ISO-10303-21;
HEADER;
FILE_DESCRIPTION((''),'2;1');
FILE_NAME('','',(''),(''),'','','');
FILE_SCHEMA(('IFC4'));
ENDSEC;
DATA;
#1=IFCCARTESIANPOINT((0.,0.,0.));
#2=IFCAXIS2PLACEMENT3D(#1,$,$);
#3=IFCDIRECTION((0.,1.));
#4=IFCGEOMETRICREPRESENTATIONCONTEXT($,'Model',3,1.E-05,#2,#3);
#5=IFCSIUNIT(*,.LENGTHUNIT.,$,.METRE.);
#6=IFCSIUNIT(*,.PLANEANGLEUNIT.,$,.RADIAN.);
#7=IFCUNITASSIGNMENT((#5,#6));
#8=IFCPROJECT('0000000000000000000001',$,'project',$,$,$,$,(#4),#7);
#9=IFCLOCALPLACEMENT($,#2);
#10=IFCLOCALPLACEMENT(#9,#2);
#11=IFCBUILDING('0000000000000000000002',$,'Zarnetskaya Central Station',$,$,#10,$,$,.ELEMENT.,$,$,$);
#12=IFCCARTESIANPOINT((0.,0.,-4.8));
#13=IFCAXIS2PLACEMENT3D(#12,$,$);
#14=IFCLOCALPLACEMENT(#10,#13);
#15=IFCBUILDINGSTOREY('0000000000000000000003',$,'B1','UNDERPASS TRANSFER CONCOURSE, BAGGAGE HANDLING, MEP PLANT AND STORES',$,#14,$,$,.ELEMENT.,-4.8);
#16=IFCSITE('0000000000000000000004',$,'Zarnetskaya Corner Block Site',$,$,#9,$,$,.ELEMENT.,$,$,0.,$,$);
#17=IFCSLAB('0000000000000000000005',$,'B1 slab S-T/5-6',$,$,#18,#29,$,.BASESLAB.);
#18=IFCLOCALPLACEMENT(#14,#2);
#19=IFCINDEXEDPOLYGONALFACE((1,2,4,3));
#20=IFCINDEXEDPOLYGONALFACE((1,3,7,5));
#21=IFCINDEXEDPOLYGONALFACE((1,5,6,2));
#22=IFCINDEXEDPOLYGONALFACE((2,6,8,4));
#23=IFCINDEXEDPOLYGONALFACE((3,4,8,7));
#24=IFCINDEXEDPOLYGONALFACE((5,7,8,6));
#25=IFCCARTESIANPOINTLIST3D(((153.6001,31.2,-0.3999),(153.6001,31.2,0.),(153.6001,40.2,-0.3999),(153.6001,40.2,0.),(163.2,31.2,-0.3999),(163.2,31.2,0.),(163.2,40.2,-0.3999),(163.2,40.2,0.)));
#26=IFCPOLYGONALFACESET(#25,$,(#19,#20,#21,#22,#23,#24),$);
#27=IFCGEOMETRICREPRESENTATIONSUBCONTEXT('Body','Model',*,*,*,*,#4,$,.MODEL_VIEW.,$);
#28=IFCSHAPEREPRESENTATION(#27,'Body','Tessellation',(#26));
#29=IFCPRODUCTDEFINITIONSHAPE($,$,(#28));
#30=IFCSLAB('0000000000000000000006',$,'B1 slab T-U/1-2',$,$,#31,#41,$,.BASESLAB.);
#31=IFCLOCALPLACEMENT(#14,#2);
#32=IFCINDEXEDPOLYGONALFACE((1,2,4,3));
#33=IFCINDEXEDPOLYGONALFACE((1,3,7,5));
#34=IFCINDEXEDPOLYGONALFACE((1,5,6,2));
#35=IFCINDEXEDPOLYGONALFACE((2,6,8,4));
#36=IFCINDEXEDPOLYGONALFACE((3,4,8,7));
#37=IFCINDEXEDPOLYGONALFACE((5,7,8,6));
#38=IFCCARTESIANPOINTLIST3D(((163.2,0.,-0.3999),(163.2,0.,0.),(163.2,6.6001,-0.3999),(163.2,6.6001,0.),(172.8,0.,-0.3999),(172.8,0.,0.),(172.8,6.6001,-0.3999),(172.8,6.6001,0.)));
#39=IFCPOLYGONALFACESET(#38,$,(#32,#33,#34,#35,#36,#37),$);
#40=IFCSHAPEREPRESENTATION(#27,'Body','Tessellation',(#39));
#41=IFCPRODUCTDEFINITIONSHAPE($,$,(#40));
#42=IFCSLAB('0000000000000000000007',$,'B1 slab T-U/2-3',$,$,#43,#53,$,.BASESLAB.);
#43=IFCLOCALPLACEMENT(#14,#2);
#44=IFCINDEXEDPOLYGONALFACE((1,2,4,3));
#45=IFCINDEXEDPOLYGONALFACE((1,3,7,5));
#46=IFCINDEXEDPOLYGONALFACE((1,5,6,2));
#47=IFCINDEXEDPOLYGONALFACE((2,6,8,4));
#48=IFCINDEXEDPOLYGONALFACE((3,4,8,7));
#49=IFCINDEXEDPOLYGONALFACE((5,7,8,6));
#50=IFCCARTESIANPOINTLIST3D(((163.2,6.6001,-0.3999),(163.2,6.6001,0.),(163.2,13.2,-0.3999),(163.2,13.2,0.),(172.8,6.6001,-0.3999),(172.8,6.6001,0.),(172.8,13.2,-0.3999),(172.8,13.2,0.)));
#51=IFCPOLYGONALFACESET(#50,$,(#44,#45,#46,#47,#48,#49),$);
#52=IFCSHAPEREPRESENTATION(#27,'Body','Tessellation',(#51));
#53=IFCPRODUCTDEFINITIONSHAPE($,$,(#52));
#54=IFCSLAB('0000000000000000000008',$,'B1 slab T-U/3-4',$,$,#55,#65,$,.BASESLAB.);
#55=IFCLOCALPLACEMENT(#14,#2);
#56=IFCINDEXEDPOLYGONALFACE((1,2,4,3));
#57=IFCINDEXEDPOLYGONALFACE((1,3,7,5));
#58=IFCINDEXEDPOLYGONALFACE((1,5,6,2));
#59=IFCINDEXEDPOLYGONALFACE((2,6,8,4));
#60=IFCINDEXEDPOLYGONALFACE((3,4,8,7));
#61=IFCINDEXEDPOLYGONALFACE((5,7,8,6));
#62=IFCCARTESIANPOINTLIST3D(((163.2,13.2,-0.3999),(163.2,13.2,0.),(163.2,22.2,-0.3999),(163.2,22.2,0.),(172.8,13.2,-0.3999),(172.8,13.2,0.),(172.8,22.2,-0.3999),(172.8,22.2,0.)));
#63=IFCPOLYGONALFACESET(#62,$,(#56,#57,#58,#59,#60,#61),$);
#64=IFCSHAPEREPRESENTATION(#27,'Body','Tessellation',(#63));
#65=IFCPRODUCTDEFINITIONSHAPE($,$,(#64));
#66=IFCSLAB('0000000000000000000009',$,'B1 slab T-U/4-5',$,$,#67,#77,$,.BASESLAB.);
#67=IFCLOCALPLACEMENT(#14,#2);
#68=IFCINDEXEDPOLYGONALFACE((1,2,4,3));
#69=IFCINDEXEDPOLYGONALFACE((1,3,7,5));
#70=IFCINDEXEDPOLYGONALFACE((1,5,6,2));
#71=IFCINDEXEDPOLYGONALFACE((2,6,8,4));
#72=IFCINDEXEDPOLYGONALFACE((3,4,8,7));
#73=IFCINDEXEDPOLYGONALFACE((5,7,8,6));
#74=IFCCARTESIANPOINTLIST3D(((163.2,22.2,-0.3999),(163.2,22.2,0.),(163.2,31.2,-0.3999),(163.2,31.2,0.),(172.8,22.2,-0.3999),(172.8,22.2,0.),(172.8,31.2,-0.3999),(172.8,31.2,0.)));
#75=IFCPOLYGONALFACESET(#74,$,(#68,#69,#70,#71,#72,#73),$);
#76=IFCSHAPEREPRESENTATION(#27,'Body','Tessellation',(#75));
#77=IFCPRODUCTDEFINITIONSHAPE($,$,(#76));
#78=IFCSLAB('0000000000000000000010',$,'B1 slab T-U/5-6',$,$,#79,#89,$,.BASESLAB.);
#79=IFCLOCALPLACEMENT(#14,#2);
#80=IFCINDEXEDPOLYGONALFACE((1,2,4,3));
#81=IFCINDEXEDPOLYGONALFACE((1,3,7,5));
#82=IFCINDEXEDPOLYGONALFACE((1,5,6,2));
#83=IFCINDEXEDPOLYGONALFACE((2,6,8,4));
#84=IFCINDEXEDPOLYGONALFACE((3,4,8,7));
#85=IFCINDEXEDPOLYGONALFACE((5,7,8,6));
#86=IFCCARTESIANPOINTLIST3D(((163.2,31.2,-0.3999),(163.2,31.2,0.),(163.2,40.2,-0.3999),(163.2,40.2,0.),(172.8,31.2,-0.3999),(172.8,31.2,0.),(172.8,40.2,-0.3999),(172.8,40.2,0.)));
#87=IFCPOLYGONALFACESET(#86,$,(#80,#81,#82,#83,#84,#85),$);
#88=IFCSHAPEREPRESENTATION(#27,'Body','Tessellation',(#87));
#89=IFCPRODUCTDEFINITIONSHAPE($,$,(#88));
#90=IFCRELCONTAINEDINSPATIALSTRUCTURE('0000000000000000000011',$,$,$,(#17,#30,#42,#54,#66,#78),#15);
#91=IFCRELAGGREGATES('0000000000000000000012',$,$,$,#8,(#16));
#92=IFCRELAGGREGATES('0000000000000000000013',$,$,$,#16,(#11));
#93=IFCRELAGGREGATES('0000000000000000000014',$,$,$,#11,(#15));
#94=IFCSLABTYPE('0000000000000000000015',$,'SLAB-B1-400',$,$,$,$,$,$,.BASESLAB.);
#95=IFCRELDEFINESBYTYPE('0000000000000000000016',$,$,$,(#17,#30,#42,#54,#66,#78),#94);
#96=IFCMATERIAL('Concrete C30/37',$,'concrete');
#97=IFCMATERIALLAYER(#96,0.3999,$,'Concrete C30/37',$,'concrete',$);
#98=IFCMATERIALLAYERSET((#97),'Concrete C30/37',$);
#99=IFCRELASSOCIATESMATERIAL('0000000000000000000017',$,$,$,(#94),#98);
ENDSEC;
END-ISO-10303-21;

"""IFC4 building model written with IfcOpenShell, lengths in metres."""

from ifc_helpers import new_model, si_unit, direction, frame, origin, place, context, subcontext, project, spatial, polyline, outline, extrude, material, layer, layer_set, type_object, element, save


model = new_model("IFC4")

# Units and contexts
model_context = context("Model", 3, precision=1e-05, world=origin(), true_north=direction((0.0, 1.0)))
body_context = subcontext(model_context, "Body", "Model", "MODEL_VIEW")
ifc_project = project(units=[si_unit("LENGTHUNIT", "METRE"), si_unit("PLANEANGLEUNIT", "RADIAN")], contexts=[model_context])

# Site, building, storey
site_placement = place(None, origin())
site = spatial("IfcSite", under=ifc_project, at=site_placement, Name="Zarnetskaya Corner Block Site", CompositionType="ELEMENT", RefElevation=0.0)
building_placement = place(site_placement, origin())
building = spatial("IfcBuilding", under=site, at=building_placement, Name="Zarnetskaya Central Station", CompositionType="ELEMENT")
storey_placement = place(building_placement, frame((0.0, 0.0, -4.8)))
storey = spatial("IfcBuildingStorey", under=building, at=storey_placement, Name="B1", Description="UNDERPASS TRANSFER CONCOURSE, BAGGAGE HANDLING, MEP PLANT AND STORES", CompositionType="ELEMENT", Elevation=-4.8)

# Slabs
ifc_material = material(Name="Concrete C30/37", Category="concrete")
ifc_layer = layer(ifc_material, 0.3999, Name="Concrete C30/37", Category="concrete")
ifc_layer_set = layer_set([ifc_layer], Name="Concrete C30/37")
slab_type = type_object("IfcSlabType", Name="SLAB-B1-400", PredefinedType="BASESLAB", material=ifc_layer_set)
slab_1_placement = place(storey_placement, frame((0.0, 0.0, -0.3999)))
element("IfcSlab", 1, at=slab_1_placement, inside=storey, type_object=slab_type, Name="B1 slab S-T/5-6", PredefinedType="BASESLAB", context=body_context, shape_type="SweptSolid", body=[
    extrude(outline(polyline([(153.6001, 31.2), (163.2, 31.2), (163.2, 40.2), (153.6001, 40.2), (153.6001, 31.2)])), origin(), (0.0, 0.0, 1.0), 0.3999),
])
slab_2_placement = place(storey_placement, frame((0.0, 0.0, -0.3999)))
element("IfcSlab", 2, at=slab_2_placement, inside=storey, type_object=slab_type, Name="B1 slab T-U/1-2", PredefinedType="BASESLAB", context=body_context, shape_type="SweptSolid", body=[
    extrude(outline(polyline([(163.2, 0.0), (172.8, 0.0), (172.8, 6.6001), (163.2, 6.6001), (163.2, 0.0)])), origin(), (0.0, 0.0, 1.0), 0.3999),
])
slab_3_placement = place(storey_placement, frame((0.0, 0.0, -0.3999)))
element("IfcSlab", 3, at=slab_3_placement, inside=storey, type_object=slab_type, Name="B1 slab T-U/2-3", PredefinedType="BASESLAB", context=body_context, shape_type="SweptSolid", body=[
    extrude(outline(polyline([(163.2, 6.6001), (172.8, 6.6001), (172.8, 13.2), (163.2, 13.2), (163.2, 6.6001)])), origin(), (0.0, 0.0, 1.0), 0.3999),
])
slab_4_placement = place(storey_placement, frame((0.0, 0.0, -0.3999)))
element("IfcSlab", 4, at=slab_4_placement, inside=storey, type_object=slab_type, Name="B1 slab T-U/3-4", PredefinedType="BASESLAB", context=body_context, shape_type="SweptSolid", body=[
    extrude(outline(polyline([(163.2, 13.2), (172.8, 13.2), (172.8, 22.2), (163.2, 22.2), (163.2, 13.2)])), origin(), (0.0, 0.0, 1.0), 0.3999),
])
slab_5_placement = place(storey_placement, frame((0.0, 0.0, -0.3999)))
element("IfcSlab", 5, at=slab_5_placement, inside=storey, type_object=slab_type, Name="B1 slab T-U/4-5", PredefinedType="BASESLAB", context=body_context, shape_type="SweptSolid", body=[
    extrude(outline(polyline([(163.2, 22.2), (172.8, 22.2), (172.8, 31.2), (163.2, 31.2), (163.2, 22.2)])), origin(), (0.0, 0.0, 1.0), 0.3999),
])
slab_6_placement = place(storey_placement, frame((0.0, 0.0, -0.3999)))
element("IfcSlab", 6, at=slab_6_placement, inside=storey, type_object=slab_type, Name="B1 slab T-U/5-6", PredefinedType="BASESLAB", context=body_context, shape_type="SweptSolid", body=[
    extrude(outline(polyline([(163.2, 31.2), (172.8, 31.2), (172.8, 40.2), (163.2, 40.2), (163.2, 31.2)])), origin(), (0.0, 0.0, 1.0), 0.3999),
])

save(model, "model.ifc")
